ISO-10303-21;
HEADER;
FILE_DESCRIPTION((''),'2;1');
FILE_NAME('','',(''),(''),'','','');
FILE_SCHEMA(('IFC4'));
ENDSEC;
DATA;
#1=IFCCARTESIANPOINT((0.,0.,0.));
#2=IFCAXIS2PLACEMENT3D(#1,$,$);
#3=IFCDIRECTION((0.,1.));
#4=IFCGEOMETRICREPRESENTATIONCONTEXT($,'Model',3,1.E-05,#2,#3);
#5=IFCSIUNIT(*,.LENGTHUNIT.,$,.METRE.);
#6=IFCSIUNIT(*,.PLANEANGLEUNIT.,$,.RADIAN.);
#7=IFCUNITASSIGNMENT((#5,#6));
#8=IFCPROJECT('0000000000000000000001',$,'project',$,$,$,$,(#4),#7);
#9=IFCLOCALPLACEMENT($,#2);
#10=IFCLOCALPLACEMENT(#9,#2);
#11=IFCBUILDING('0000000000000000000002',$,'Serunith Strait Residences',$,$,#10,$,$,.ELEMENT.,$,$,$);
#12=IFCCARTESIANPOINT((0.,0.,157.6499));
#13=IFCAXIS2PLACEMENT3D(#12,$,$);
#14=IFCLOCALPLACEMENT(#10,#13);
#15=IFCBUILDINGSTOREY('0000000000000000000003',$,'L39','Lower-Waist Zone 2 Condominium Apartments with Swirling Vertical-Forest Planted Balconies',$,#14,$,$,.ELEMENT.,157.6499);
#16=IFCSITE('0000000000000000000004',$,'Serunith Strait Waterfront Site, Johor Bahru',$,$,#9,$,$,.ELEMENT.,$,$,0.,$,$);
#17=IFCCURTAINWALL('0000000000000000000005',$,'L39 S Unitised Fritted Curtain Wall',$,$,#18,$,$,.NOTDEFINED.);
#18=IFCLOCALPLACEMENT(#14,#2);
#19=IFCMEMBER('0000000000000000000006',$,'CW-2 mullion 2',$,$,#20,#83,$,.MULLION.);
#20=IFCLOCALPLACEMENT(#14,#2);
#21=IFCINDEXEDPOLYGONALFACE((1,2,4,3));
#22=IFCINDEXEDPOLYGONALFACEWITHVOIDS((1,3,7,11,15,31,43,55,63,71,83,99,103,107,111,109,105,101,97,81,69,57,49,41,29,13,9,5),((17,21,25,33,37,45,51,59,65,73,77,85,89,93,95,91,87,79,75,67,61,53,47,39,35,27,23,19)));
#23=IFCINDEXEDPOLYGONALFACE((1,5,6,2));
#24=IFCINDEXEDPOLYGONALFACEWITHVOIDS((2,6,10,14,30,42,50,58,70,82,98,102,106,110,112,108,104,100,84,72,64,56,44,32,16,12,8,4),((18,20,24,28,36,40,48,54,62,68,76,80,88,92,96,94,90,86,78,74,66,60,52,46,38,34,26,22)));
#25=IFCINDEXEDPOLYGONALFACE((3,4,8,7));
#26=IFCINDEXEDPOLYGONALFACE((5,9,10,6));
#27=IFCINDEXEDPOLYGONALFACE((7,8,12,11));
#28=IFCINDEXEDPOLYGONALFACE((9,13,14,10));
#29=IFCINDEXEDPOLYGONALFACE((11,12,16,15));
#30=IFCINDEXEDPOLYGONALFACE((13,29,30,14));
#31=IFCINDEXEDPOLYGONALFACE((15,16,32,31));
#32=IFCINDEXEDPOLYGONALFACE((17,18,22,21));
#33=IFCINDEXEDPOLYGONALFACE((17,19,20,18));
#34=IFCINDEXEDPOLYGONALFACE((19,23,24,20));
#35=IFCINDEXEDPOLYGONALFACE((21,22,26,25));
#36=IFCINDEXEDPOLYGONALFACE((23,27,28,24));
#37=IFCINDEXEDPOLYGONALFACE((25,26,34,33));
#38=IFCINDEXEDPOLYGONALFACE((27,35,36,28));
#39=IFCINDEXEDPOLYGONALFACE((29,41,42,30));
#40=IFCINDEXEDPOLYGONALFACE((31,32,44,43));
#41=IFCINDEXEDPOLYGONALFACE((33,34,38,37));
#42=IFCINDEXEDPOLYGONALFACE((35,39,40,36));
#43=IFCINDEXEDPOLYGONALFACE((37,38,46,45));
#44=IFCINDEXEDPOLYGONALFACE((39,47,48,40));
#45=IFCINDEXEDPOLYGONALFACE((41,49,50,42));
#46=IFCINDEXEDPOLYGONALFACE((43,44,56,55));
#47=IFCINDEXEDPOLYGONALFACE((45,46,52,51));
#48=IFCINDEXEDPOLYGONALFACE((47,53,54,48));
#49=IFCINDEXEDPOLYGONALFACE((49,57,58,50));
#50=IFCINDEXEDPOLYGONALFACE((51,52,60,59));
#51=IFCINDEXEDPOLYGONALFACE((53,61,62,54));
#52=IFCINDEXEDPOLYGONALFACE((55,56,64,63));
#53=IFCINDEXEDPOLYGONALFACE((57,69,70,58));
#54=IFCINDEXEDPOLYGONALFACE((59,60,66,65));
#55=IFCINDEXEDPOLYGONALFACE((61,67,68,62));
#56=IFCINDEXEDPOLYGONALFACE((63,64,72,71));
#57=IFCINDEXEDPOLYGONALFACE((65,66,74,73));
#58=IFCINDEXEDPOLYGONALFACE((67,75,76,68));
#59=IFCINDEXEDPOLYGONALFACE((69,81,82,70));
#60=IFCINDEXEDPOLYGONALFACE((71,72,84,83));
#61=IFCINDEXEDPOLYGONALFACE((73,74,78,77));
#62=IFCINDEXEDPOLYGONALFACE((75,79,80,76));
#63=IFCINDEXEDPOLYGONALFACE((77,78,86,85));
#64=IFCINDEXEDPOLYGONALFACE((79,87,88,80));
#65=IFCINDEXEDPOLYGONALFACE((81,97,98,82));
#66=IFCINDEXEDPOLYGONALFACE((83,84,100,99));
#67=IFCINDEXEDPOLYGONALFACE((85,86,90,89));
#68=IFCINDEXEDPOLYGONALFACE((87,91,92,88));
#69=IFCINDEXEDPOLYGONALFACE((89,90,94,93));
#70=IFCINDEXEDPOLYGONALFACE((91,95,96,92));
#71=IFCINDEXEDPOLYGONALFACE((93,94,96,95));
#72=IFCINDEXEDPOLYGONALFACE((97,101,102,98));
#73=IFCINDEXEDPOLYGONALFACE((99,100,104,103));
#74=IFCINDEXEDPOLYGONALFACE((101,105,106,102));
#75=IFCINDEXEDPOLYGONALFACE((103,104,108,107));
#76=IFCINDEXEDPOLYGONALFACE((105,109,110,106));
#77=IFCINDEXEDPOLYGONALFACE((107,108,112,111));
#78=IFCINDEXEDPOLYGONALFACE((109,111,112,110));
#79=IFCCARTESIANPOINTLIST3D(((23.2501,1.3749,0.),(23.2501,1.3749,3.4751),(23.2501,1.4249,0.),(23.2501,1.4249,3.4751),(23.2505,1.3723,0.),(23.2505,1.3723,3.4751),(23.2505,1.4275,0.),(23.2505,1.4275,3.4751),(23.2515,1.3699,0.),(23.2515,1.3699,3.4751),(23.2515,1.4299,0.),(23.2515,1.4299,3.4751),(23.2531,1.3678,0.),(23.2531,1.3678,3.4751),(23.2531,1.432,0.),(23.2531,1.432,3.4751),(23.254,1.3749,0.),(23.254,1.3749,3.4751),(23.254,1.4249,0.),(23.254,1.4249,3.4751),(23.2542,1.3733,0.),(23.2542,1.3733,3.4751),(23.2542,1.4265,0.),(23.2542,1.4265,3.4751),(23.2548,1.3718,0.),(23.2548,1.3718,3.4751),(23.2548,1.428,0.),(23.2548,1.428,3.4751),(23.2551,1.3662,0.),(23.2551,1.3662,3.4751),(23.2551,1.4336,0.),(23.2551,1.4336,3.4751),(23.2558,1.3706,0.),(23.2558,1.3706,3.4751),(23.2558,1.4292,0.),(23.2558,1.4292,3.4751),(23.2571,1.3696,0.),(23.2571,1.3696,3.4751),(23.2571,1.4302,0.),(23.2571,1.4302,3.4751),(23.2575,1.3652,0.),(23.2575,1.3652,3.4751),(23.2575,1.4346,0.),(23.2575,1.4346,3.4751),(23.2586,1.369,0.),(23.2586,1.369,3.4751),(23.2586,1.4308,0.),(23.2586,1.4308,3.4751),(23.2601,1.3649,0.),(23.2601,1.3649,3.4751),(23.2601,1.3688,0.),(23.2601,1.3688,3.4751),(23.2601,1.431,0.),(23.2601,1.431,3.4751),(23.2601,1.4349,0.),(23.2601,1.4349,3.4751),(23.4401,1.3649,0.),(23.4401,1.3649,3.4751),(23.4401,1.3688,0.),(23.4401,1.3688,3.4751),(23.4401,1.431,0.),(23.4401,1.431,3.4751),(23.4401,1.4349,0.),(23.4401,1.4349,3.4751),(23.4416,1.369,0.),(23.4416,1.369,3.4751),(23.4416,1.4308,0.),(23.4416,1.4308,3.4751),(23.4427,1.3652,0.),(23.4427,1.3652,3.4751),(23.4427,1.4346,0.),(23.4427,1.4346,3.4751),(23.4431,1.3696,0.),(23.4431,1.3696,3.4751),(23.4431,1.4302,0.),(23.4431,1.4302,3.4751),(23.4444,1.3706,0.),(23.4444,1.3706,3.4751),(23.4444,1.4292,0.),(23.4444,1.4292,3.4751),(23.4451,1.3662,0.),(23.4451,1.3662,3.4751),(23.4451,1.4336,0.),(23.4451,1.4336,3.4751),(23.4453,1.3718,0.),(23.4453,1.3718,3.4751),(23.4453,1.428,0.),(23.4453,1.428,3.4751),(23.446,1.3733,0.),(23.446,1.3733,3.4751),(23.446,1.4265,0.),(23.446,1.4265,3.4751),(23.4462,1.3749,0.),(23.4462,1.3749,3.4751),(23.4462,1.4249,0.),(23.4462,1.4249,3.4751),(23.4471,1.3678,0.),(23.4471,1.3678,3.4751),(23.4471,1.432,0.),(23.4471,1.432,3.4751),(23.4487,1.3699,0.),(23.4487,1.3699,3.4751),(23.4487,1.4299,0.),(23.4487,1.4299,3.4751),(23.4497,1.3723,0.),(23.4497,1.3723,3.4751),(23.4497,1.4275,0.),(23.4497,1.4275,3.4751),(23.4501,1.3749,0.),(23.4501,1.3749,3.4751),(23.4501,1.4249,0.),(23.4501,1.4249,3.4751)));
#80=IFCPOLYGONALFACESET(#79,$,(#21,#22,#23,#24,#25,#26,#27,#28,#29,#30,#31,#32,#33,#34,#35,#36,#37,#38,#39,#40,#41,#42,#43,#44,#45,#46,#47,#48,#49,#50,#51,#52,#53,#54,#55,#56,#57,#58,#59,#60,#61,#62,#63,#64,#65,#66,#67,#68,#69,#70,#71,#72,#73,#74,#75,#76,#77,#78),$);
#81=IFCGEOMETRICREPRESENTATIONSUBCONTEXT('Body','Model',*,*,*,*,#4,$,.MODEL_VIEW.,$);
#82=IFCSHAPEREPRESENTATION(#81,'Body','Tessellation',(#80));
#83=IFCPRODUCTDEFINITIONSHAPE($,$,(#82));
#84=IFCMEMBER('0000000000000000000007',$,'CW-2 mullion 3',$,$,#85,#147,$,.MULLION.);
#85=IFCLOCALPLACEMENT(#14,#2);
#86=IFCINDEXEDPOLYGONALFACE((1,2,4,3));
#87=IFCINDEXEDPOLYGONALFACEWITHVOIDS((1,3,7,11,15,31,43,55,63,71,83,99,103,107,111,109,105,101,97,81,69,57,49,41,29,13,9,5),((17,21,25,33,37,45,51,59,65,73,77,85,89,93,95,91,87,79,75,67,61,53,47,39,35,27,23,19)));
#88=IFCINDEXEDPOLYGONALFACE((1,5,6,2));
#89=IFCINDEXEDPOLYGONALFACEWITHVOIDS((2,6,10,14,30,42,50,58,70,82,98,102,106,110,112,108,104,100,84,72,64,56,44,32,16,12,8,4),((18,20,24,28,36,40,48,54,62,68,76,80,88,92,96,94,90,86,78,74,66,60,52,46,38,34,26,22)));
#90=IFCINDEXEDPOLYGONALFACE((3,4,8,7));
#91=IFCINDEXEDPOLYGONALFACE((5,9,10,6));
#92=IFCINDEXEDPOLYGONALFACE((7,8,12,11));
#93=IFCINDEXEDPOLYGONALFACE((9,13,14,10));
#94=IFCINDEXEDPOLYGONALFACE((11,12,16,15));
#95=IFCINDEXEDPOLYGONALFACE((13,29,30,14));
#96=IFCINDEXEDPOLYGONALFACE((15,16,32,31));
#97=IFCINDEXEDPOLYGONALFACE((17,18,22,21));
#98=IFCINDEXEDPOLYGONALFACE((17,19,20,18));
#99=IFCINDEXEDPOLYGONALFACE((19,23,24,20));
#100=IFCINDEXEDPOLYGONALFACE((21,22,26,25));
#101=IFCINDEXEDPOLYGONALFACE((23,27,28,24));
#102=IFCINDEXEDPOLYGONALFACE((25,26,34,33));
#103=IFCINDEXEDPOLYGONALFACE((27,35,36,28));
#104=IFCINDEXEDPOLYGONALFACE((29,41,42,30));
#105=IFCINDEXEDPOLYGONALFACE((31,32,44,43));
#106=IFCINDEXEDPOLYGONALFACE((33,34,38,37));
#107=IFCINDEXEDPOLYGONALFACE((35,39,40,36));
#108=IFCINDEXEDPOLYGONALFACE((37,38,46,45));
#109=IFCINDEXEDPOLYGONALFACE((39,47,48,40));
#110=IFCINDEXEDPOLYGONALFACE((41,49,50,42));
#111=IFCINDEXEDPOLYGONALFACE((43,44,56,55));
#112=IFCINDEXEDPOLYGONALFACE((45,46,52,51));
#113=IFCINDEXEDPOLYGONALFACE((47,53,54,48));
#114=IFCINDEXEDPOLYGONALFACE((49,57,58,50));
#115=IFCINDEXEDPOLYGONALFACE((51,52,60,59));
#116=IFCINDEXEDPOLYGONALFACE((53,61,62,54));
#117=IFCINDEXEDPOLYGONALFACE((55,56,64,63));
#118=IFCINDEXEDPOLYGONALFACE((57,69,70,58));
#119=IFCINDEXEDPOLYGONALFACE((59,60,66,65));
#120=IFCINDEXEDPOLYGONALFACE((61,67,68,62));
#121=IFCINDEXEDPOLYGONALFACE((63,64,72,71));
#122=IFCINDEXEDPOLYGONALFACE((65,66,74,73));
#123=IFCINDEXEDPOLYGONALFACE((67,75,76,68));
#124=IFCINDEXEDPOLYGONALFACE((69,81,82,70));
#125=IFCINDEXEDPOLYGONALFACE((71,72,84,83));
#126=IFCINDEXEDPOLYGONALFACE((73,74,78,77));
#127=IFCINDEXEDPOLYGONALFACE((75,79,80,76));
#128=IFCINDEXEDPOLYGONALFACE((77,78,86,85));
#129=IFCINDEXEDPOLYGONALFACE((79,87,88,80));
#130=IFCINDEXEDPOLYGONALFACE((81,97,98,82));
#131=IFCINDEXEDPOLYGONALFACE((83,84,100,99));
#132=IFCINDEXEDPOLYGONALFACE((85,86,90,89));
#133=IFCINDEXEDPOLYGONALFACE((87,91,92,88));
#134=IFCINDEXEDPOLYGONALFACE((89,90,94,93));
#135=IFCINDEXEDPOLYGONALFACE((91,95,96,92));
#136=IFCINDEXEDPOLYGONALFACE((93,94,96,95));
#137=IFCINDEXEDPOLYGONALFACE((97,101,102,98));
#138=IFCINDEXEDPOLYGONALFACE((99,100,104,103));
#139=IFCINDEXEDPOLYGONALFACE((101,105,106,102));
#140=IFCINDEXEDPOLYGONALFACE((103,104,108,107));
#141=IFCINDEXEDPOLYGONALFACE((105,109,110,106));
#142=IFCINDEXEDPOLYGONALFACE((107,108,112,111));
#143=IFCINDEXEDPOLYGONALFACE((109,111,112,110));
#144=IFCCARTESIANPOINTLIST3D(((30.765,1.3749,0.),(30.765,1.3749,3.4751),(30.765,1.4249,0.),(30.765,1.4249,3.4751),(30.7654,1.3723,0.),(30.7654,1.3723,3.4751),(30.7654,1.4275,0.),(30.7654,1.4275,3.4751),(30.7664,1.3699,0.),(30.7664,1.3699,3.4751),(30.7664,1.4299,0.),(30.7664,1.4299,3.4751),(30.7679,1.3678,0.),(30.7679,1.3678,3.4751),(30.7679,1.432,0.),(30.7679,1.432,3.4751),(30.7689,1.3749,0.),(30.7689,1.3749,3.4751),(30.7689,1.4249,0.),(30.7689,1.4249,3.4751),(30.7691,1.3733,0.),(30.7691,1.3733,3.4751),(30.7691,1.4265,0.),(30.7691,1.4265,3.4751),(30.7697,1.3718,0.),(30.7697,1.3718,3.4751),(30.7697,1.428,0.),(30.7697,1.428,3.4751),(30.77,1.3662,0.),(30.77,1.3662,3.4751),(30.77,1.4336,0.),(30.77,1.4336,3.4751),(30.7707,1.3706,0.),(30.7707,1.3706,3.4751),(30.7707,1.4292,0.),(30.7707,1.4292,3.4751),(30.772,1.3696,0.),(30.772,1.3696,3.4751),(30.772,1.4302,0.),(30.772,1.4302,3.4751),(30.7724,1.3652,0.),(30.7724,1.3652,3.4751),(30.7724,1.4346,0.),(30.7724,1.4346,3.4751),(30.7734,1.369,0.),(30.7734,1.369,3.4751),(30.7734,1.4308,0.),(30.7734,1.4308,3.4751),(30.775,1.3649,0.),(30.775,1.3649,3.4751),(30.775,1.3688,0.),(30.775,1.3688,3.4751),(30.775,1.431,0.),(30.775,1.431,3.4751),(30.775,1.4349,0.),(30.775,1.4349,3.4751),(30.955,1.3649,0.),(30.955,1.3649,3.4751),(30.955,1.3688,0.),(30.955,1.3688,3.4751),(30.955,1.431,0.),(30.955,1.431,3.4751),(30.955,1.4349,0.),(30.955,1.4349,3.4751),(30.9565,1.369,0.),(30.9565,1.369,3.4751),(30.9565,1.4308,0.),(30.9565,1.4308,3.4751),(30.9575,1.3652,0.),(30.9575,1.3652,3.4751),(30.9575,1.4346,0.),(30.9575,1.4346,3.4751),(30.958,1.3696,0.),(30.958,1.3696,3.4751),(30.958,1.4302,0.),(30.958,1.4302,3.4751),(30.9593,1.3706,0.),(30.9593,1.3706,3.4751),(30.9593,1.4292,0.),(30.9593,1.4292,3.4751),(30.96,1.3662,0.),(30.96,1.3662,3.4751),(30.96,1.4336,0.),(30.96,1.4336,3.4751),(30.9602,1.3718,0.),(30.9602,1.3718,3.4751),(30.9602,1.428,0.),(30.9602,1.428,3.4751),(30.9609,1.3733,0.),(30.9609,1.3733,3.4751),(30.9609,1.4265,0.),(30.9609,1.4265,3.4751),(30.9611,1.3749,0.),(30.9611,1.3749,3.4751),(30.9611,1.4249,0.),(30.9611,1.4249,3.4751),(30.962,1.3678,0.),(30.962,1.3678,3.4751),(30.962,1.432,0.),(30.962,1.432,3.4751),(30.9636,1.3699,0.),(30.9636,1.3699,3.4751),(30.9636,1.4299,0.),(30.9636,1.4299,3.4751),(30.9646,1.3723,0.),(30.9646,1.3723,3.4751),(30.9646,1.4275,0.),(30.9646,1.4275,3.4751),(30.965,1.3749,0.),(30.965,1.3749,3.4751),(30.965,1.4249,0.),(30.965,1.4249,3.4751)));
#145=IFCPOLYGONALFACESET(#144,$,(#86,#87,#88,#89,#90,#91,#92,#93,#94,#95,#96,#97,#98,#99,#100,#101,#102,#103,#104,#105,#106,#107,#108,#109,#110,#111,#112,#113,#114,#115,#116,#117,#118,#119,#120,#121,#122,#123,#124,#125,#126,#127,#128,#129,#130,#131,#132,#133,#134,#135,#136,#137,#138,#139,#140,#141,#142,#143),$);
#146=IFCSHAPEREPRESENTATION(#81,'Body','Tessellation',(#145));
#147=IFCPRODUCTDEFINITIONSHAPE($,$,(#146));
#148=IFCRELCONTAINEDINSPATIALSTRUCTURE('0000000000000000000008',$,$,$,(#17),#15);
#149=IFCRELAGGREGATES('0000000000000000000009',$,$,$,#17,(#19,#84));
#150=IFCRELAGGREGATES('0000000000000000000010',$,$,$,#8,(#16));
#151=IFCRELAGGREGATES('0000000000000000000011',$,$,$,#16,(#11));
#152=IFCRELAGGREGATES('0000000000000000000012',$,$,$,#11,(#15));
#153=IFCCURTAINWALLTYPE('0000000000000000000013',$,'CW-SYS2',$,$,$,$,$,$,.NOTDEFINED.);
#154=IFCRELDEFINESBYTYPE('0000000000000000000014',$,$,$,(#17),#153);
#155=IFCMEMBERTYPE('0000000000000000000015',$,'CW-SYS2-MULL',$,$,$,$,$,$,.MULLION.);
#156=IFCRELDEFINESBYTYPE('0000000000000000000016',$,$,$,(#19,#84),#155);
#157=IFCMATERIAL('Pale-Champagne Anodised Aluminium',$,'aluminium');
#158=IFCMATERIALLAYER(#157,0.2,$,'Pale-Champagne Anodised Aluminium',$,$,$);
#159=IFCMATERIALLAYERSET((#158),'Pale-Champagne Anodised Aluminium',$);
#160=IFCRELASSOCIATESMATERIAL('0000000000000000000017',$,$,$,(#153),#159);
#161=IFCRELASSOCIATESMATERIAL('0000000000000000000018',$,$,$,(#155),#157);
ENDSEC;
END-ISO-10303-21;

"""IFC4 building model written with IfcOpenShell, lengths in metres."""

from ifc_helpers import new_model, si_unit, direction, frame, origin, origin_2d, place, context, subcontext, project, spatial, hollow_rectangle, extrude, source, transform, mapped, material, layer, layer_set, material_profile, profile_set, type_object, element, aggregate, save


model = new_model("IFC4")

# Units and contexts
model_context = context("Model", 3, precision=1e-05, world=origin(), true_north=direction((0.0, 1.0)))
body_context = subcontext(model_context, "Body", "Model", "MODEL_VIEW")
ifc_project = project(units=[si_unit("LENGTHUNIT", "METRE"), si_unit("PLANEANGLEUNIT", "RADIAN")], contexts=[model_context])

# Site, building, storey
site_placement = place(None, origin())
site = spatial("IfcSite", under=ifc_project, at=site_placement, Name="Serunith Strait Waterfront Site, Johor Bahru", CompositionType="ELEMENT", RefElevation=0.0)
building_placement = place(site_placement, origin())
building = spatial("IfcBuilding", under=site, at=building_placement, Name="Serunith Strait Residences", CompositionType="ELEMENT")
storey_placement = place(building_placement, frame((0.0, 0.0, 157.6499)))
storey = spatial("IfcBuildingStorey", under=building, at=storey_placement, Name="L39", Description="Lower-Waist Zone 2 Condominium Apartments with Swirling Vertical-Forest Planted Balconies", CompositionType="ELEMENT", Elevation=157.6499)

# Curtain wall, members
ifc_material_1 = material(Name="Pale-Champagne Anodised Aluminium", Category="aluminium")
ifc_layer_1 = layer(ifc_material_1, 0.2, Name="Pale-Champagne Anodised Aluminium")
ifc_layer_set_1 = layer_set([ifc_layer_1], Name="Pale-Champagne Anodised Aluminium")
curtain_wall_type = type_object("IfcCurtainWallType", Name="CW-SYS2", PredefinedType="NOTDEFINED", material=ifc_layer_set_1)
curtain_wall_placement = place(storey_placement, origin())
curtain_wall = element("IfcCurtainWall", 1, at=curtain_wall_placement, inside=storey, type_object=curtain_wall_type, Name="L39 S Unitised Fritted Curtain Wall", PredefinedType="NOTDEFINED")
ifc_material_profile_1 = material_profile(ifc_material_1, hollow_rectangle(XDim=0.0701, YDim=0.2, WallThickness=0.0039, InnerFilletRadius=0.0061, OuterFilletRadius=0.01, at=origin_2d()), Name="ALU 200x70x4")
ifc_profile_set_1 = profile_set([ifc_material_profile_1], Name="Pale-Champagne Anodised Aluminium")
member_type_1 = type_object("IfcMemberType", Name="CW-SYS2-MULL", PredefinedType="MULLION", material=ifc_profile_set_1)
shared_shape_1 = source(origin(), body_context, "Body", "SweptSolid", [
    extrude(hollow_rectangle(XDim=0.0701, YDim=0.2, WallThickness=0.0039, InnerFilletRadius=0.0061, OuterFilletRadius=0.01, at=origin_2d()), origin(), (0.0, 0.0, 1.0), 3.4751),
])
member_1_placement = place(storey_placement, frame((23.3501, 1.3999, 0.0), z_axis=(0.0, 0.0, 1.0), x_axis=(0.0, 1.0, 0.0)))
member_1 = element("IfcMember", 2, at=member_1_placement, type_object=member_type_1, Name="CW-2 mullion 2", PredefinedType="MULLION", context=body_context, shape_type="MappedRepresentation", body=[
    mapped(shared_shape_1, transform((0.0, 0.0, 0.0), scale=1.0)),
])
member_2_placement = place(storey_placement, frame((30.865, 1.3999, 0.0), z_axis=(0.0, 0.0, 1.0), x_axis=(0.0, 1.0, 0.0)))
member_2 = element("IfcMember", 3, at=member_2_placement, type_object=member_type_1, Name="CW-2 mullion 3", PredefinedType="MULLION", context=body_context, shape_type="MappedRepresentation", body=[
    mapped(shared_shape_1, transform((0.0, 0.0, 0.0), scale=1.0)),
])
aggregate(curtain_wall, [member_1, member_2])

save(model, "model.ifc")
